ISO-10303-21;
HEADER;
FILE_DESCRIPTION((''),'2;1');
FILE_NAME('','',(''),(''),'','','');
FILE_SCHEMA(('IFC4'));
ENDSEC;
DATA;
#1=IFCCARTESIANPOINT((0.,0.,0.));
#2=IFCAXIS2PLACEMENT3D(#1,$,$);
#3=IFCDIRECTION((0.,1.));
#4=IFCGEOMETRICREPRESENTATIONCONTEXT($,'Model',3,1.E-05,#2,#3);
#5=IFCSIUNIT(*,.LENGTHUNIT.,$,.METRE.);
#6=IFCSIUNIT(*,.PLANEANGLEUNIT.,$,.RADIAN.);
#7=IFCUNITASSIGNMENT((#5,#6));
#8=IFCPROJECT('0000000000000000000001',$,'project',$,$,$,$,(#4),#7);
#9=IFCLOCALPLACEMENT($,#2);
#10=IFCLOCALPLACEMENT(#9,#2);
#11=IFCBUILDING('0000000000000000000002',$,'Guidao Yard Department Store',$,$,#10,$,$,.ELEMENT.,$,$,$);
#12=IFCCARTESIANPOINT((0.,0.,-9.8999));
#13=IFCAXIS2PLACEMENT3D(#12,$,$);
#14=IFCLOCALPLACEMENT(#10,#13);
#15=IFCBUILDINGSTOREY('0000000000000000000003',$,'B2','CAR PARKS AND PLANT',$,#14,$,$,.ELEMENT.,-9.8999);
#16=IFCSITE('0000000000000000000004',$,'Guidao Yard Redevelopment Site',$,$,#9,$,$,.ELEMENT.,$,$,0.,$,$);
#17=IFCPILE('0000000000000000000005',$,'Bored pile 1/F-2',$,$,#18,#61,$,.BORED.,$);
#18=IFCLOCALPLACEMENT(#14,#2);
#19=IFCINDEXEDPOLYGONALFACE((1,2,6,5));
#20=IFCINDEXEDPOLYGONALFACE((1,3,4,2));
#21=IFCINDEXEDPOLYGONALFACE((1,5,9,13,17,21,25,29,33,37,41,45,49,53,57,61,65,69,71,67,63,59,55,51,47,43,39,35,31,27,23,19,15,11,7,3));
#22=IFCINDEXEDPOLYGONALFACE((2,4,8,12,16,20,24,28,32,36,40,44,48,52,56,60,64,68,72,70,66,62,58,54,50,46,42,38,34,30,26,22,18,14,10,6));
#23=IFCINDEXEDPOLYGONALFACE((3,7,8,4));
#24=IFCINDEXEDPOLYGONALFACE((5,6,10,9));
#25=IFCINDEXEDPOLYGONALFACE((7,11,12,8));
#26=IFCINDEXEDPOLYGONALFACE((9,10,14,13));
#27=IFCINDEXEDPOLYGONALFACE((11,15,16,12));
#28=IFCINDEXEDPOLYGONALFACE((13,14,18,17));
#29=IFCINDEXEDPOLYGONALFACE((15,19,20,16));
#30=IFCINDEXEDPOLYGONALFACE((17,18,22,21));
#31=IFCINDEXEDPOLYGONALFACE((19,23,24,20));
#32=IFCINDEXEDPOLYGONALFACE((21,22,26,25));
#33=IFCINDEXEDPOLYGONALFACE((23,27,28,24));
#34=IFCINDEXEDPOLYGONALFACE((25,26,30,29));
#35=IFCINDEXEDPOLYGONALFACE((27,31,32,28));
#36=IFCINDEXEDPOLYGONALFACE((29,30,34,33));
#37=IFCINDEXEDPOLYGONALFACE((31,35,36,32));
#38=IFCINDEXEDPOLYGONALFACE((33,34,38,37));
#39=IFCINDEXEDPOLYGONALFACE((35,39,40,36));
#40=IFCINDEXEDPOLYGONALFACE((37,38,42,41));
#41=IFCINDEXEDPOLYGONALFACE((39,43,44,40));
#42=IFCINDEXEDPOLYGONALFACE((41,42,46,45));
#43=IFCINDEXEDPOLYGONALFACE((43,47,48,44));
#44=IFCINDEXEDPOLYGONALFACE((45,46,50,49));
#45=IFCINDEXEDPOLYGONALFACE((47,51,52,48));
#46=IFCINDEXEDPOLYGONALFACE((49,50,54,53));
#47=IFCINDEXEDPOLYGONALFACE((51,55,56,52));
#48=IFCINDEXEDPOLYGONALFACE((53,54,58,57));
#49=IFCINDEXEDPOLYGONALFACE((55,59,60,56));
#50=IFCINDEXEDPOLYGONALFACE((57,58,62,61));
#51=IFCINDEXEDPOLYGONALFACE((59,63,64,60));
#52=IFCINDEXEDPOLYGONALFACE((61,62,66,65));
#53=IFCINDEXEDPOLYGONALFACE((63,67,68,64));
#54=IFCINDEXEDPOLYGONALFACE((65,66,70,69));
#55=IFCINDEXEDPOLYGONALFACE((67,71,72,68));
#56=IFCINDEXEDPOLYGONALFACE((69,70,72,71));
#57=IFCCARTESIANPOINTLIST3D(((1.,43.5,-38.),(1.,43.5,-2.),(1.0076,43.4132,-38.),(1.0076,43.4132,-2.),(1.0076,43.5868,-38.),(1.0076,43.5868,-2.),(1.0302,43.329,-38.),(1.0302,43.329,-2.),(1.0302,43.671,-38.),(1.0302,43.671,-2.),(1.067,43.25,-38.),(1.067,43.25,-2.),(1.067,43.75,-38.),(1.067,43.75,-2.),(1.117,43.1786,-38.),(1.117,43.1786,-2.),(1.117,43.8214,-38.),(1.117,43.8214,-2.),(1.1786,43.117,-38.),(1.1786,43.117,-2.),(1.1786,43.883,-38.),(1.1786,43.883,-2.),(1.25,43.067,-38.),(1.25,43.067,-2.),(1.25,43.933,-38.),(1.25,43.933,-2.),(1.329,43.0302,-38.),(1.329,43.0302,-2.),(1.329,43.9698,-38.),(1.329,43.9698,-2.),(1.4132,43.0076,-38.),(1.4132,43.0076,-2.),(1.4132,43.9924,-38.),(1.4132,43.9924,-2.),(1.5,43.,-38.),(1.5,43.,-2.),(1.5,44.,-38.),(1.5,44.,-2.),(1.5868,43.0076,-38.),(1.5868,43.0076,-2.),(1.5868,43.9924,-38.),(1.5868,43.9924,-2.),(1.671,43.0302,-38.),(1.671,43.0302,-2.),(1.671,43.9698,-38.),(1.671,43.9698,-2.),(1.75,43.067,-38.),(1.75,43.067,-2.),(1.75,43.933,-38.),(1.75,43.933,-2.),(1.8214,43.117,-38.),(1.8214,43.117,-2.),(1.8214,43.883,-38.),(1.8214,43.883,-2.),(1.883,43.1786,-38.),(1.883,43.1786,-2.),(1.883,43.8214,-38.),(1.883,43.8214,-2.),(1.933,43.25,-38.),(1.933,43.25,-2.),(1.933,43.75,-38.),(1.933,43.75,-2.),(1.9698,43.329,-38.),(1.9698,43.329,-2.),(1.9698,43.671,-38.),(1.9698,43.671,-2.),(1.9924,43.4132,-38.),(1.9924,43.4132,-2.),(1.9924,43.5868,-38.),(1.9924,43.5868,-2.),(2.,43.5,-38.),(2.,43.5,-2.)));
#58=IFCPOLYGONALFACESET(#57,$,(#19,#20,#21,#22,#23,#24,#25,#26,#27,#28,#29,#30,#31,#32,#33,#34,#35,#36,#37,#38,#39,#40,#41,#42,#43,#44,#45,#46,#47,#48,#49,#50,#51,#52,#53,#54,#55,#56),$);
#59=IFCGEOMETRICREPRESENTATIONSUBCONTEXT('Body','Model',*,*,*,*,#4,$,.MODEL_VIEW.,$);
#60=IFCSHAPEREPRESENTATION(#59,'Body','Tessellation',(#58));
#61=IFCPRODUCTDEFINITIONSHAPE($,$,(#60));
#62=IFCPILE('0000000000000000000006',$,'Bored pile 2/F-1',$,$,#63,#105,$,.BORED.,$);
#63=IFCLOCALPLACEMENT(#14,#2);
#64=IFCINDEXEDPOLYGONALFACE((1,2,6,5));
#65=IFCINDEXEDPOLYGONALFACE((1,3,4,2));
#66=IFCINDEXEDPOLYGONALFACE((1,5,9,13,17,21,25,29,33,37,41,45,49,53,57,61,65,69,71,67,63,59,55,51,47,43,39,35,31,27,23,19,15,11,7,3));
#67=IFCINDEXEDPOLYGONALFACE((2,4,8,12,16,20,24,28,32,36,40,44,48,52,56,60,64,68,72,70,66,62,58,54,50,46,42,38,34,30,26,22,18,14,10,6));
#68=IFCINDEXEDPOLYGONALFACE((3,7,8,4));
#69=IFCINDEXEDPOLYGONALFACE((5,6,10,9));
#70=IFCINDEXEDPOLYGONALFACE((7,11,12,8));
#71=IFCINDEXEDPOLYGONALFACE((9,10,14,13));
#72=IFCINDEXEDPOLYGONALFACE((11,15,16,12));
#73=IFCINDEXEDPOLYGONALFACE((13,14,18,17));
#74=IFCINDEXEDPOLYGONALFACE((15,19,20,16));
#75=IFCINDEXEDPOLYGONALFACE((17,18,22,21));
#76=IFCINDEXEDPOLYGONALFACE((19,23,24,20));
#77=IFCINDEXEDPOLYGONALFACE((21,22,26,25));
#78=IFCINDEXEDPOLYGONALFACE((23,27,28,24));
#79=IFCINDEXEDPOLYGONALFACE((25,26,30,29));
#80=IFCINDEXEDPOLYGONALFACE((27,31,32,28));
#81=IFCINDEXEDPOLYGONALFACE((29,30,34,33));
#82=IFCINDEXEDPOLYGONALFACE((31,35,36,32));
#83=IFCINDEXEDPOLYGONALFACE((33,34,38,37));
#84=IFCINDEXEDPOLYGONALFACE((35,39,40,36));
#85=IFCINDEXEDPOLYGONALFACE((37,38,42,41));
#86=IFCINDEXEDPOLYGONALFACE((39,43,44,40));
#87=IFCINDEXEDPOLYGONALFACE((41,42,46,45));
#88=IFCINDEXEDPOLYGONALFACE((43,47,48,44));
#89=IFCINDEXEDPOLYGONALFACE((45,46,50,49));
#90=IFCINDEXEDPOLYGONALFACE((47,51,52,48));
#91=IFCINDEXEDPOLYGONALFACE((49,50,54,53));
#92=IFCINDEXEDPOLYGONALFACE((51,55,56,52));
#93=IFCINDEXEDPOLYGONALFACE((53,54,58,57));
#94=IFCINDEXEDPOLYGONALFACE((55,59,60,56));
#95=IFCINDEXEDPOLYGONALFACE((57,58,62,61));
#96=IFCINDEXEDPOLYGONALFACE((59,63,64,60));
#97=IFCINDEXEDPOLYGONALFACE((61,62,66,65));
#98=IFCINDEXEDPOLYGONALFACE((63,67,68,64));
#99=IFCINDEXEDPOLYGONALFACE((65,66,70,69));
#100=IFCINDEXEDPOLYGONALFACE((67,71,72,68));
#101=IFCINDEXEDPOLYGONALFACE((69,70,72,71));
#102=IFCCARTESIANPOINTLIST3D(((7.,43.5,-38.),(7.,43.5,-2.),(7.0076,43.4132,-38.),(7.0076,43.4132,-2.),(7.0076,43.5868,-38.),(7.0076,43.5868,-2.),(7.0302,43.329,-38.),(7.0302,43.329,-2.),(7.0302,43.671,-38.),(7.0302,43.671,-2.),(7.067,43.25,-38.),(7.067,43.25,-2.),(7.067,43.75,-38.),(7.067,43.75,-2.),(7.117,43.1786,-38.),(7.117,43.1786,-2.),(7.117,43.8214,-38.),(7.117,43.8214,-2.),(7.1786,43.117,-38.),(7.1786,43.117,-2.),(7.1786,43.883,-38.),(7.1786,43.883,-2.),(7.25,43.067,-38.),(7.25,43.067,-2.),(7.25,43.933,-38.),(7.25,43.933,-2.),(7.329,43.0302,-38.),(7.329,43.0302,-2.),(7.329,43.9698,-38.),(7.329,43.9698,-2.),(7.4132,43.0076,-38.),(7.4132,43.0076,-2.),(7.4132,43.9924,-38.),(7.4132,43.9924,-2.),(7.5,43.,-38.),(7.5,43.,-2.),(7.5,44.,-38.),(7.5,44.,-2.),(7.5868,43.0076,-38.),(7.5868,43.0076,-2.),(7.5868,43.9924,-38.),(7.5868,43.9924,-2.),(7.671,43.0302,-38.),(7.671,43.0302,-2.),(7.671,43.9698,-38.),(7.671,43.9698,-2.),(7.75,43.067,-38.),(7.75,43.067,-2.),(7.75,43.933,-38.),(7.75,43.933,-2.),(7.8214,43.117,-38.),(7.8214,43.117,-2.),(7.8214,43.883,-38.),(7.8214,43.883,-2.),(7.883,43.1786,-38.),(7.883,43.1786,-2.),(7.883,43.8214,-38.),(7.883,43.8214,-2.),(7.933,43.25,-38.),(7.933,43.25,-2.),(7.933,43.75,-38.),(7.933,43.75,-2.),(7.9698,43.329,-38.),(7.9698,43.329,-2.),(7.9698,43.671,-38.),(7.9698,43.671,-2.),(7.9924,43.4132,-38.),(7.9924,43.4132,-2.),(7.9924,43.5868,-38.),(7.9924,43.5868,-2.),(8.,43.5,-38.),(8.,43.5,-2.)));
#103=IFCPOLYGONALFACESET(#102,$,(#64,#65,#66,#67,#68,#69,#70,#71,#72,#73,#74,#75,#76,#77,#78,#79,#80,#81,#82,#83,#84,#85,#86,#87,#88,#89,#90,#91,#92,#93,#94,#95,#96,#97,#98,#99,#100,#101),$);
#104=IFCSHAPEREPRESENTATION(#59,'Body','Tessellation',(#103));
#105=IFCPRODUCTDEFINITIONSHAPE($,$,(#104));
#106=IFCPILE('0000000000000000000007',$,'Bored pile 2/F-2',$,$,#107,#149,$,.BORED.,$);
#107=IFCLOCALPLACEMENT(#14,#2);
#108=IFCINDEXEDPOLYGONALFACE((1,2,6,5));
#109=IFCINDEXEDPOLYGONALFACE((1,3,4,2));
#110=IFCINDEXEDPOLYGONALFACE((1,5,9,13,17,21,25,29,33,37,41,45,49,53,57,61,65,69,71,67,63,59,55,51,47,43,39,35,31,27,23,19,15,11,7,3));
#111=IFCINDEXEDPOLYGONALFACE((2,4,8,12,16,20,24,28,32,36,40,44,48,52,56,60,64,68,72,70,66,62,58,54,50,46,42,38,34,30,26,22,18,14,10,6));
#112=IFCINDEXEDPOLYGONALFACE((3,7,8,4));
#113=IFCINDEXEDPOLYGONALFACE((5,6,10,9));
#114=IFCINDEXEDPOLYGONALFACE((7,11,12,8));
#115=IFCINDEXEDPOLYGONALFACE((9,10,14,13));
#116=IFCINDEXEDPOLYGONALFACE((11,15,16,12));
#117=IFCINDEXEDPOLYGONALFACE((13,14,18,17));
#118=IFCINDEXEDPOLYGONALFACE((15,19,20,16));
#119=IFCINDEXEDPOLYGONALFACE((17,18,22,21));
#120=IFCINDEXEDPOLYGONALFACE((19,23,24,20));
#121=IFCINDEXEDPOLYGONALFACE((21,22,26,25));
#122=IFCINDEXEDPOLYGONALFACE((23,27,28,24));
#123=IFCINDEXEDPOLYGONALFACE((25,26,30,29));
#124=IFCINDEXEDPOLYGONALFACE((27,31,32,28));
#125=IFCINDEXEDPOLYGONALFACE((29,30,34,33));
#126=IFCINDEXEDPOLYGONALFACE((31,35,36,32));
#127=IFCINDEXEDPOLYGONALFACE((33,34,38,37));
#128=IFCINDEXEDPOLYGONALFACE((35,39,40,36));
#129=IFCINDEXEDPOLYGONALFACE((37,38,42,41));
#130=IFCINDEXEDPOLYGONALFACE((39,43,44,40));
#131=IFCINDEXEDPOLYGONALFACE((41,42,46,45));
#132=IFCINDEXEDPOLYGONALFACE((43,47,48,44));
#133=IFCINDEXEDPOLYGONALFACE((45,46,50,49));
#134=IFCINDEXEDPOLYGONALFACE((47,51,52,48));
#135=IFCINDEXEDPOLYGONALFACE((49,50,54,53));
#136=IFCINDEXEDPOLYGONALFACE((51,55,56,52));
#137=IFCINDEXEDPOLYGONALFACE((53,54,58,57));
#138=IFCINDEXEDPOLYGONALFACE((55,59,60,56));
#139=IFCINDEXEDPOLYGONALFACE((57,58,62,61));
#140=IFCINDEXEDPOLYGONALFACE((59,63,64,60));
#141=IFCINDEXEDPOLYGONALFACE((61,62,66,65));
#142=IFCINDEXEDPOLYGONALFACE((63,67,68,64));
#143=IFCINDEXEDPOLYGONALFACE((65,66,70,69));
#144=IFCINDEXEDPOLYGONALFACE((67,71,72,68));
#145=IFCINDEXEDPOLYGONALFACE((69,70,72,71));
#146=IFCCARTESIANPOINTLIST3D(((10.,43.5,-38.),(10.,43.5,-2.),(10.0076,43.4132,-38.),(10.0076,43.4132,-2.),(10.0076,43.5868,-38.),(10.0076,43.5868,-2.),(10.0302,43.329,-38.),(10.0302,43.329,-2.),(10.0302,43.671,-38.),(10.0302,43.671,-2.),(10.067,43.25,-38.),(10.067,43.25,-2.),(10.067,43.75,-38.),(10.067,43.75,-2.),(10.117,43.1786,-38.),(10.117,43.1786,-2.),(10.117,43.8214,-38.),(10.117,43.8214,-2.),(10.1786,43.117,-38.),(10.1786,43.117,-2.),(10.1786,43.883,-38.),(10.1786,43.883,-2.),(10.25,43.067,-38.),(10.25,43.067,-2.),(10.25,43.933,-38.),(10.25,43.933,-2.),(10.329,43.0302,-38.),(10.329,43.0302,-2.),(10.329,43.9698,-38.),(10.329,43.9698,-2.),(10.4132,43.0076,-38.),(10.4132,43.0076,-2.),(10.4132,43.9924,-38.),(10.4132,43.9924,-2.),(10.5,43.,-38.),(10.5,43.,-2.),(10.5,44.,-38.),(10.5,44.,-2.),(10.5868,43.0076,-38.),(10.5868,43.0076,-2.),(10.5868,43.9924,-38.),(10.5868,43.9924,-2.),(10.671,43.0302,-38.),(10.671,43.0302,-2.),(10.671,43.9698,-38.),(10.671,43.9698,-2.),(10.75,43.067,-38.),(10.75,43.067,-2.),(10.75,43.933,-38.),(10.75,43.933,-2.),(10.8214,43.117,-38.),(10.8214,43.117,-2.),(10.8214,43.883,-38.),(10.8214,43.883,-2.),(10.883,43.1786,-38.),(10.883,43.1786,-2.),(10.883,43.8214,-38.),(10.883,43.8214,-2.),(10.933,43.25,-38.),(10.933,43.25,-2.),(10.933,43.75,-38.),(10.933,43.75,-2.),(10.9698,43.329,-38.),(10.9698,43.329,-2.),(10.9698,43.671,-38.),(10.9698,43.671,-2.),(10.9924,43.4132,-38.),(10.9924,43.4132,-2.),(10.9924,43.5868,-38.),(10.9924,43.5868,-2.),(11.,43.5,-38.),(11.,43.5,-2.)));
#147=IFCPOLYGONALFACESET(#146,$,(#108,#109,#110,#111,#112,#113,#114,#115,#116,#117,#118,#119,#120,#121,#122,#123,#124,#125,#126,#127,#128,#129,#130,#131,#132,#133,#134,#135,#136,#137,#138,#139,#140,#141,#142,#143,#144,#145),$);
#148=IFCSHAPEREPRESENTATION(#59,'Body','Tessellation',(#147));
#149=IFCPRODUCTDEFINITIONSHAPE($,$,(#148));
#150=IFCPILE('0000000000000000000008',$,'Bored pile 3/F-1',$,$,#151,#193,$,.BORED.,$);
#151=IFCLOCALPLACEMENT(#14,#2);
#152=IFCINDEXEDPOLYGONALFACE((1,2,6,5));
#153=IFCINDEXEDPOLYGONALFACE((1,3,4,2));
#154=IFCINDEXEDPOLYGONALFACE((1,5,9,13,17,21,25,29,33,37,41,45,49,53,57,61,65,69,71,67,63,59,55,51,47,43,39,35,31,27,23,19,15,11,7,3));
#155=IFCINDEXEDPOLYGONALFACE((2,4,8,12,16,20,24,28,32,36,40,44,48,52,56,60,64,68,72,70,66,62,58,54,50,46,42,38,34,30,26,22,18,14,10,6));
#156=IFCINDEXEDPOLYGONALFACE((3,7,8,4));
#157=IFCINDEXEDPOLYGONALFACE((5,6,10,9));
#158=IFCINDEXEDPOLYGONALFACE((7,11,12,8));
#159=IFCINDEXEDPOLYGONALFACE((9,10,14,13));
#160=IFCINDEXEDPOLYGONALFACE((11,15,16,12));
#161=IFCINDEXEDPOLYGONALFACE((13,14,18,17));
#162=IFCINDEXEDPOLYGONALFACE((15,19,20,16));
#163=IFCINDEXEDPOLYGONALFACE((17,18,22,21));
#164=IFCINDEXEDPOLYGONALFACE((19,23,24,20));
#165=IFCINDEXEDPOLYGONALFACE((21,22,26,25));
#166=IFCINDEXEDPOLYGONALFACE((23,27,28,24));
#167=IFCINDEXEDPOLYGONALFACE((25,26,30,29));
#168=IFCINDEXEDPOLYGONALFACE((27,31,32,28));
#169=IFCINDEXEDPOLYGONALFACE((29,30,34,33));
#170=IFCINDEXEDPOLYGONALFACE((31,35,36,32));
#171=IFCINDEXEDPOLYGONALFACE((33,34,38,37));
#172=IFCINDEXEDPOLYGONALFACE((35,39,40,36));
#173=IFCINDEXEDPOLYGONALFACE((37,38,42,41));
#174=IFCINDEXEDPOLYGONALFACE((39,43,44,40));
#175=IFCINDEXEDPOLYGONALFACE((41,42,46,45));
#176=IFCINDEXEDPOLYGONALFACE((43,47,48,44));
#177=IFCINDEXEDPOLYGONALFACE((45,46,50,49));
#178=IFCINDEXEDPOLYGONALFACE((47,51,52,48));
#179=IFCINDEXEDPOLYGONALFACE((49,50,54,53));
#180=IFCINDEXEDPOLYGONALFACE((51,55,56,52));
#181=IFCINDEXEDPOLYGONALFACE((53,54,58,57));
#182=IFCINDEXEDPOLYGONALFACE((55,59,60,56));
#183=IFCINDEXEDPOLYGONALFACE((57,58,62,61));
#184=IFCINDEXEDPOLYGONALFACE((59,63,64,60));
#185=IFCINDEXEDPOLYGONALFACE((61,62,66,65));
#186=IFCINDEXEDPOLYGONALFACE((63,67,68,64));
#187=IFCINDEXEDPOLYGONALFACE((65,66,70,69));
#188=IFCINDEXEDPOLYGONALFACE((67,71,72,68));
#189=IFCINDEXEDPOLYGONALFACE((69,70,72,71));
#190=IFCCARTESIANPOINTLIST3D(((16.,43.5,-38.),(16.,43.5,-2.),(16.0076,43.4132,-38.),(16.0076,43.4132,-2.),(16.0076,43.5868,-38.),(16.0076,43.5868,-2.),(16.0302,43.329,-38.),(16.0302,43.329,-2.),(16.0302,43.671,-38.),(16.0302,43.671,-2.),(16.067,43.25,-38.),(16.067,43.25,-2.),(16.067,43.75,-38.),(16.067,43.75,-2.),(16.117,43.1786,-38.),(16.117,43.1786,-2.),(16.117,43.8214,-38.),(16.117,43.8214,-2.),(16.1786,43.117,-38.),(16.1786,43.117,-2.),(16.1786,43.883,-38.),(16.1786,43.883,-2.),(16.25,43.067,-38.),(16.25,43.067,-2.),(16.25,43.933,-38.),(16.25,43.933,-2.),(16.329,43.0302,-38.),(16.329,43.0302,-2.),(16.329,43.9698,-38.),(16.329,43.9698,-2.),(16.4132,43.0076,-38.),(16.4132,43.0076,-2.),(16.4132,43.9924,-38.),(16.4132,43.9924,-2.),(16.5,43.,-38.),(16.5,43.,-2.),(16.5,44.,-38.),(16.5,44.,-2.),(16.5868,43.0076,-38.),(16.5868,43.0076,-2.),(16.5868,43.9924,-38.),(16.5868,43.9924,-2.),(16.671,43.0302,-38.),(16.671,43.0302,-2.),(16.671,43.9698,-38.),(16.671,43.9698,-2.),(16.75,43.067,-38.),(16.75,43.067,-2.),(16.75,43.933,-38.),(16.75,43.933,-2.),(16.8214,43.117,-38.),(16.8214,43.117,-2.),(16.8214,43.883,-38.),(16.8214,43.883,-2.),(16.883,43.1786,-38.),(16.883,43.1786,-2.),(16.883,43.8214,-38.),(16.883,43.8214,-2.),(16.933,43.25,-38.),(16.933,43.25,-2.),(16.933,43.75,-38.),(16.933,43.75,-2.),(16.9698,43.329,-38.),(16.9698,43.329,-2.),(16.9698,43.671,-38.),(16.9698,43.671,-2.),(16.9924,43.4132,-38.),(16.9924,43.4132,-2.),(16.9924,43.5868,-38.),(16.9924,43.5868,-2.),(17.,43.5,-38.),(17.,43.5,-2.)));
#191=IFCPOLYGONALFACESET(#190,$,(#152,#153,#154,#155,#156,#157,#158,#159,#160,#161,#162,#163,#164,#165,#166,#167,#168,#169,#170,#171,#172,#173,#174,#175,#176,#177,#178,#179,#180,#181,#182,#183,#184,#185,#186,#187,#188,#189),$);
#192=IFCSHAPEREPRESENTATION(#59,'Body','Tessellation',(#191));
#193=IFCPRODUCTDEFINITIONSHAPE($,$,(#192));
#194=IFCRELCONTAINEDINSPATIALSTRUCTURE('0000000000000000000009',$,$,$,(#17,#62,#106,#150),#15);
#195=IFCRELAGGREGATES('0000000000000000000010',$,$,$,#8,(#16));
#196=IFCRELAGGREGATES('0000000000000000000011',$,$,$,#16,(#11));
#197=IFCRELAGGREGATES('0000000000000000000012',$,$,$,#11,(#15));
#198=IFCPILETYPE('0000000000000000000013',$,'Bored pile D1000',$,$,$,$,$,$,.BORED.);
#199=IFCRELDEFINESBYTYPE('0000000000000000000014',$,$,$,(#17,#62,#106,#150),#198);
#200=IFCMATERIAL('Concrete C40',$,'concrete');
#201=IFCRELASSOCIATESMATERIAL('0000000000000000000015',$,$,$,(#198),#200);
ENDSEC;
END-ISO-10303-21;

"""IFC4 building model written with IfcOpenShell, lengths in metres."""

from ifc_helpers import new_model, si_unit, direction, frame, origin, origin_2d, place, context, subcontext, project, spatial, circle, extrude, material, material_profile, profile_set, type_object, element, save


model = new_model("IFC4")

# Units and contexts
model_context = context("Model", 3, precision=1e-05, world=origin(), true_north=direction((0.0, 1.0)))
body_context = subcontext(model_context, "Body", "Model", "MODEL_VIEW")
ifc_project = project(units=[si_unit("LENGTHUNIT", "METRE"), si_unit("PLANEANGLEUNIT", "RADIAN")], contexts=[model_context])

# Site, building, storey
site_placement = place(None, origin())
site = spatial("IfcSite", under=ifc_project, at=site_placement, Name="Guidao Yard Redevelopment Site", CompositionType="ELEMENT", RefElevation=0.0)
building_placement = place(site_placement, origin())
building = spatial("IfcBuilding", under=site, at=building_placement, Name="Guidao Yard Department Store", CompositionType="ELEMENT")
storey_placement = place(building_placement, frame((0.0, 0.0, -9.8999)))
storey = spatial("IfcBuildingStorey", under=building, at=storey_placement, Name="B2", Description="CAR PARKS AND PLANT", CompositionType="ELEMENT", Elevation=-9.8999)

# Piles
ifc_material_1 = material(Name="Concrete C40", Category="concrete")
ifc_material_profile = material_profile(ifc_material_1, circle(Radius=0.5, at=origin_2d()), Name="Bored pile D1000")
ifc_profile_set = profile_set([ifc_material_profile], Name="Concrete C40")
pile_type = type_object("IfcPileType", Name="Bored pile D1000", PredefinedType="BORED", material=ifc_profile_set)
for number, where, z_axis, x_axis, name in (
    (1, (1.5, 43.5, -2.0), (0.0, 0.0, -1.0), (1.0, 0.0, 0.0), "Bored pile 1/F-2"),
    (2, (7.5, 43.5, -2.0), (0.0, 0.0, -1.0), (1.0, 0.0, 0.0), "Bored pile 2/F-1"),
    (3, (10.5, 43.5, -2.0), (0.0, 0.0, -1.0), (1.0, 0.0, 0.0), "Bored pile 2/F-2"),
    (4, (16.5, 43.5, -2.0), (0.0, 0.0, -1.0), (1.0, 0.0, 0.0), "Bored pile 3/F-1"),
):
    element("IfcPile", number, at=place(storey_placement, frame(where, z_axis=z_axis, x_axis=x_axis)), inside=storey, type_object=pile_type, Name=name, PredefinedType="BORED", context=body_context, shape_type="SweptSolid", body=[
        extrude(circle(Radius=0.5, at=origin_2d()), origin(), (0.0, 0.0, 1.0), 36.0),
    ])

save(model, "model.ifc")
